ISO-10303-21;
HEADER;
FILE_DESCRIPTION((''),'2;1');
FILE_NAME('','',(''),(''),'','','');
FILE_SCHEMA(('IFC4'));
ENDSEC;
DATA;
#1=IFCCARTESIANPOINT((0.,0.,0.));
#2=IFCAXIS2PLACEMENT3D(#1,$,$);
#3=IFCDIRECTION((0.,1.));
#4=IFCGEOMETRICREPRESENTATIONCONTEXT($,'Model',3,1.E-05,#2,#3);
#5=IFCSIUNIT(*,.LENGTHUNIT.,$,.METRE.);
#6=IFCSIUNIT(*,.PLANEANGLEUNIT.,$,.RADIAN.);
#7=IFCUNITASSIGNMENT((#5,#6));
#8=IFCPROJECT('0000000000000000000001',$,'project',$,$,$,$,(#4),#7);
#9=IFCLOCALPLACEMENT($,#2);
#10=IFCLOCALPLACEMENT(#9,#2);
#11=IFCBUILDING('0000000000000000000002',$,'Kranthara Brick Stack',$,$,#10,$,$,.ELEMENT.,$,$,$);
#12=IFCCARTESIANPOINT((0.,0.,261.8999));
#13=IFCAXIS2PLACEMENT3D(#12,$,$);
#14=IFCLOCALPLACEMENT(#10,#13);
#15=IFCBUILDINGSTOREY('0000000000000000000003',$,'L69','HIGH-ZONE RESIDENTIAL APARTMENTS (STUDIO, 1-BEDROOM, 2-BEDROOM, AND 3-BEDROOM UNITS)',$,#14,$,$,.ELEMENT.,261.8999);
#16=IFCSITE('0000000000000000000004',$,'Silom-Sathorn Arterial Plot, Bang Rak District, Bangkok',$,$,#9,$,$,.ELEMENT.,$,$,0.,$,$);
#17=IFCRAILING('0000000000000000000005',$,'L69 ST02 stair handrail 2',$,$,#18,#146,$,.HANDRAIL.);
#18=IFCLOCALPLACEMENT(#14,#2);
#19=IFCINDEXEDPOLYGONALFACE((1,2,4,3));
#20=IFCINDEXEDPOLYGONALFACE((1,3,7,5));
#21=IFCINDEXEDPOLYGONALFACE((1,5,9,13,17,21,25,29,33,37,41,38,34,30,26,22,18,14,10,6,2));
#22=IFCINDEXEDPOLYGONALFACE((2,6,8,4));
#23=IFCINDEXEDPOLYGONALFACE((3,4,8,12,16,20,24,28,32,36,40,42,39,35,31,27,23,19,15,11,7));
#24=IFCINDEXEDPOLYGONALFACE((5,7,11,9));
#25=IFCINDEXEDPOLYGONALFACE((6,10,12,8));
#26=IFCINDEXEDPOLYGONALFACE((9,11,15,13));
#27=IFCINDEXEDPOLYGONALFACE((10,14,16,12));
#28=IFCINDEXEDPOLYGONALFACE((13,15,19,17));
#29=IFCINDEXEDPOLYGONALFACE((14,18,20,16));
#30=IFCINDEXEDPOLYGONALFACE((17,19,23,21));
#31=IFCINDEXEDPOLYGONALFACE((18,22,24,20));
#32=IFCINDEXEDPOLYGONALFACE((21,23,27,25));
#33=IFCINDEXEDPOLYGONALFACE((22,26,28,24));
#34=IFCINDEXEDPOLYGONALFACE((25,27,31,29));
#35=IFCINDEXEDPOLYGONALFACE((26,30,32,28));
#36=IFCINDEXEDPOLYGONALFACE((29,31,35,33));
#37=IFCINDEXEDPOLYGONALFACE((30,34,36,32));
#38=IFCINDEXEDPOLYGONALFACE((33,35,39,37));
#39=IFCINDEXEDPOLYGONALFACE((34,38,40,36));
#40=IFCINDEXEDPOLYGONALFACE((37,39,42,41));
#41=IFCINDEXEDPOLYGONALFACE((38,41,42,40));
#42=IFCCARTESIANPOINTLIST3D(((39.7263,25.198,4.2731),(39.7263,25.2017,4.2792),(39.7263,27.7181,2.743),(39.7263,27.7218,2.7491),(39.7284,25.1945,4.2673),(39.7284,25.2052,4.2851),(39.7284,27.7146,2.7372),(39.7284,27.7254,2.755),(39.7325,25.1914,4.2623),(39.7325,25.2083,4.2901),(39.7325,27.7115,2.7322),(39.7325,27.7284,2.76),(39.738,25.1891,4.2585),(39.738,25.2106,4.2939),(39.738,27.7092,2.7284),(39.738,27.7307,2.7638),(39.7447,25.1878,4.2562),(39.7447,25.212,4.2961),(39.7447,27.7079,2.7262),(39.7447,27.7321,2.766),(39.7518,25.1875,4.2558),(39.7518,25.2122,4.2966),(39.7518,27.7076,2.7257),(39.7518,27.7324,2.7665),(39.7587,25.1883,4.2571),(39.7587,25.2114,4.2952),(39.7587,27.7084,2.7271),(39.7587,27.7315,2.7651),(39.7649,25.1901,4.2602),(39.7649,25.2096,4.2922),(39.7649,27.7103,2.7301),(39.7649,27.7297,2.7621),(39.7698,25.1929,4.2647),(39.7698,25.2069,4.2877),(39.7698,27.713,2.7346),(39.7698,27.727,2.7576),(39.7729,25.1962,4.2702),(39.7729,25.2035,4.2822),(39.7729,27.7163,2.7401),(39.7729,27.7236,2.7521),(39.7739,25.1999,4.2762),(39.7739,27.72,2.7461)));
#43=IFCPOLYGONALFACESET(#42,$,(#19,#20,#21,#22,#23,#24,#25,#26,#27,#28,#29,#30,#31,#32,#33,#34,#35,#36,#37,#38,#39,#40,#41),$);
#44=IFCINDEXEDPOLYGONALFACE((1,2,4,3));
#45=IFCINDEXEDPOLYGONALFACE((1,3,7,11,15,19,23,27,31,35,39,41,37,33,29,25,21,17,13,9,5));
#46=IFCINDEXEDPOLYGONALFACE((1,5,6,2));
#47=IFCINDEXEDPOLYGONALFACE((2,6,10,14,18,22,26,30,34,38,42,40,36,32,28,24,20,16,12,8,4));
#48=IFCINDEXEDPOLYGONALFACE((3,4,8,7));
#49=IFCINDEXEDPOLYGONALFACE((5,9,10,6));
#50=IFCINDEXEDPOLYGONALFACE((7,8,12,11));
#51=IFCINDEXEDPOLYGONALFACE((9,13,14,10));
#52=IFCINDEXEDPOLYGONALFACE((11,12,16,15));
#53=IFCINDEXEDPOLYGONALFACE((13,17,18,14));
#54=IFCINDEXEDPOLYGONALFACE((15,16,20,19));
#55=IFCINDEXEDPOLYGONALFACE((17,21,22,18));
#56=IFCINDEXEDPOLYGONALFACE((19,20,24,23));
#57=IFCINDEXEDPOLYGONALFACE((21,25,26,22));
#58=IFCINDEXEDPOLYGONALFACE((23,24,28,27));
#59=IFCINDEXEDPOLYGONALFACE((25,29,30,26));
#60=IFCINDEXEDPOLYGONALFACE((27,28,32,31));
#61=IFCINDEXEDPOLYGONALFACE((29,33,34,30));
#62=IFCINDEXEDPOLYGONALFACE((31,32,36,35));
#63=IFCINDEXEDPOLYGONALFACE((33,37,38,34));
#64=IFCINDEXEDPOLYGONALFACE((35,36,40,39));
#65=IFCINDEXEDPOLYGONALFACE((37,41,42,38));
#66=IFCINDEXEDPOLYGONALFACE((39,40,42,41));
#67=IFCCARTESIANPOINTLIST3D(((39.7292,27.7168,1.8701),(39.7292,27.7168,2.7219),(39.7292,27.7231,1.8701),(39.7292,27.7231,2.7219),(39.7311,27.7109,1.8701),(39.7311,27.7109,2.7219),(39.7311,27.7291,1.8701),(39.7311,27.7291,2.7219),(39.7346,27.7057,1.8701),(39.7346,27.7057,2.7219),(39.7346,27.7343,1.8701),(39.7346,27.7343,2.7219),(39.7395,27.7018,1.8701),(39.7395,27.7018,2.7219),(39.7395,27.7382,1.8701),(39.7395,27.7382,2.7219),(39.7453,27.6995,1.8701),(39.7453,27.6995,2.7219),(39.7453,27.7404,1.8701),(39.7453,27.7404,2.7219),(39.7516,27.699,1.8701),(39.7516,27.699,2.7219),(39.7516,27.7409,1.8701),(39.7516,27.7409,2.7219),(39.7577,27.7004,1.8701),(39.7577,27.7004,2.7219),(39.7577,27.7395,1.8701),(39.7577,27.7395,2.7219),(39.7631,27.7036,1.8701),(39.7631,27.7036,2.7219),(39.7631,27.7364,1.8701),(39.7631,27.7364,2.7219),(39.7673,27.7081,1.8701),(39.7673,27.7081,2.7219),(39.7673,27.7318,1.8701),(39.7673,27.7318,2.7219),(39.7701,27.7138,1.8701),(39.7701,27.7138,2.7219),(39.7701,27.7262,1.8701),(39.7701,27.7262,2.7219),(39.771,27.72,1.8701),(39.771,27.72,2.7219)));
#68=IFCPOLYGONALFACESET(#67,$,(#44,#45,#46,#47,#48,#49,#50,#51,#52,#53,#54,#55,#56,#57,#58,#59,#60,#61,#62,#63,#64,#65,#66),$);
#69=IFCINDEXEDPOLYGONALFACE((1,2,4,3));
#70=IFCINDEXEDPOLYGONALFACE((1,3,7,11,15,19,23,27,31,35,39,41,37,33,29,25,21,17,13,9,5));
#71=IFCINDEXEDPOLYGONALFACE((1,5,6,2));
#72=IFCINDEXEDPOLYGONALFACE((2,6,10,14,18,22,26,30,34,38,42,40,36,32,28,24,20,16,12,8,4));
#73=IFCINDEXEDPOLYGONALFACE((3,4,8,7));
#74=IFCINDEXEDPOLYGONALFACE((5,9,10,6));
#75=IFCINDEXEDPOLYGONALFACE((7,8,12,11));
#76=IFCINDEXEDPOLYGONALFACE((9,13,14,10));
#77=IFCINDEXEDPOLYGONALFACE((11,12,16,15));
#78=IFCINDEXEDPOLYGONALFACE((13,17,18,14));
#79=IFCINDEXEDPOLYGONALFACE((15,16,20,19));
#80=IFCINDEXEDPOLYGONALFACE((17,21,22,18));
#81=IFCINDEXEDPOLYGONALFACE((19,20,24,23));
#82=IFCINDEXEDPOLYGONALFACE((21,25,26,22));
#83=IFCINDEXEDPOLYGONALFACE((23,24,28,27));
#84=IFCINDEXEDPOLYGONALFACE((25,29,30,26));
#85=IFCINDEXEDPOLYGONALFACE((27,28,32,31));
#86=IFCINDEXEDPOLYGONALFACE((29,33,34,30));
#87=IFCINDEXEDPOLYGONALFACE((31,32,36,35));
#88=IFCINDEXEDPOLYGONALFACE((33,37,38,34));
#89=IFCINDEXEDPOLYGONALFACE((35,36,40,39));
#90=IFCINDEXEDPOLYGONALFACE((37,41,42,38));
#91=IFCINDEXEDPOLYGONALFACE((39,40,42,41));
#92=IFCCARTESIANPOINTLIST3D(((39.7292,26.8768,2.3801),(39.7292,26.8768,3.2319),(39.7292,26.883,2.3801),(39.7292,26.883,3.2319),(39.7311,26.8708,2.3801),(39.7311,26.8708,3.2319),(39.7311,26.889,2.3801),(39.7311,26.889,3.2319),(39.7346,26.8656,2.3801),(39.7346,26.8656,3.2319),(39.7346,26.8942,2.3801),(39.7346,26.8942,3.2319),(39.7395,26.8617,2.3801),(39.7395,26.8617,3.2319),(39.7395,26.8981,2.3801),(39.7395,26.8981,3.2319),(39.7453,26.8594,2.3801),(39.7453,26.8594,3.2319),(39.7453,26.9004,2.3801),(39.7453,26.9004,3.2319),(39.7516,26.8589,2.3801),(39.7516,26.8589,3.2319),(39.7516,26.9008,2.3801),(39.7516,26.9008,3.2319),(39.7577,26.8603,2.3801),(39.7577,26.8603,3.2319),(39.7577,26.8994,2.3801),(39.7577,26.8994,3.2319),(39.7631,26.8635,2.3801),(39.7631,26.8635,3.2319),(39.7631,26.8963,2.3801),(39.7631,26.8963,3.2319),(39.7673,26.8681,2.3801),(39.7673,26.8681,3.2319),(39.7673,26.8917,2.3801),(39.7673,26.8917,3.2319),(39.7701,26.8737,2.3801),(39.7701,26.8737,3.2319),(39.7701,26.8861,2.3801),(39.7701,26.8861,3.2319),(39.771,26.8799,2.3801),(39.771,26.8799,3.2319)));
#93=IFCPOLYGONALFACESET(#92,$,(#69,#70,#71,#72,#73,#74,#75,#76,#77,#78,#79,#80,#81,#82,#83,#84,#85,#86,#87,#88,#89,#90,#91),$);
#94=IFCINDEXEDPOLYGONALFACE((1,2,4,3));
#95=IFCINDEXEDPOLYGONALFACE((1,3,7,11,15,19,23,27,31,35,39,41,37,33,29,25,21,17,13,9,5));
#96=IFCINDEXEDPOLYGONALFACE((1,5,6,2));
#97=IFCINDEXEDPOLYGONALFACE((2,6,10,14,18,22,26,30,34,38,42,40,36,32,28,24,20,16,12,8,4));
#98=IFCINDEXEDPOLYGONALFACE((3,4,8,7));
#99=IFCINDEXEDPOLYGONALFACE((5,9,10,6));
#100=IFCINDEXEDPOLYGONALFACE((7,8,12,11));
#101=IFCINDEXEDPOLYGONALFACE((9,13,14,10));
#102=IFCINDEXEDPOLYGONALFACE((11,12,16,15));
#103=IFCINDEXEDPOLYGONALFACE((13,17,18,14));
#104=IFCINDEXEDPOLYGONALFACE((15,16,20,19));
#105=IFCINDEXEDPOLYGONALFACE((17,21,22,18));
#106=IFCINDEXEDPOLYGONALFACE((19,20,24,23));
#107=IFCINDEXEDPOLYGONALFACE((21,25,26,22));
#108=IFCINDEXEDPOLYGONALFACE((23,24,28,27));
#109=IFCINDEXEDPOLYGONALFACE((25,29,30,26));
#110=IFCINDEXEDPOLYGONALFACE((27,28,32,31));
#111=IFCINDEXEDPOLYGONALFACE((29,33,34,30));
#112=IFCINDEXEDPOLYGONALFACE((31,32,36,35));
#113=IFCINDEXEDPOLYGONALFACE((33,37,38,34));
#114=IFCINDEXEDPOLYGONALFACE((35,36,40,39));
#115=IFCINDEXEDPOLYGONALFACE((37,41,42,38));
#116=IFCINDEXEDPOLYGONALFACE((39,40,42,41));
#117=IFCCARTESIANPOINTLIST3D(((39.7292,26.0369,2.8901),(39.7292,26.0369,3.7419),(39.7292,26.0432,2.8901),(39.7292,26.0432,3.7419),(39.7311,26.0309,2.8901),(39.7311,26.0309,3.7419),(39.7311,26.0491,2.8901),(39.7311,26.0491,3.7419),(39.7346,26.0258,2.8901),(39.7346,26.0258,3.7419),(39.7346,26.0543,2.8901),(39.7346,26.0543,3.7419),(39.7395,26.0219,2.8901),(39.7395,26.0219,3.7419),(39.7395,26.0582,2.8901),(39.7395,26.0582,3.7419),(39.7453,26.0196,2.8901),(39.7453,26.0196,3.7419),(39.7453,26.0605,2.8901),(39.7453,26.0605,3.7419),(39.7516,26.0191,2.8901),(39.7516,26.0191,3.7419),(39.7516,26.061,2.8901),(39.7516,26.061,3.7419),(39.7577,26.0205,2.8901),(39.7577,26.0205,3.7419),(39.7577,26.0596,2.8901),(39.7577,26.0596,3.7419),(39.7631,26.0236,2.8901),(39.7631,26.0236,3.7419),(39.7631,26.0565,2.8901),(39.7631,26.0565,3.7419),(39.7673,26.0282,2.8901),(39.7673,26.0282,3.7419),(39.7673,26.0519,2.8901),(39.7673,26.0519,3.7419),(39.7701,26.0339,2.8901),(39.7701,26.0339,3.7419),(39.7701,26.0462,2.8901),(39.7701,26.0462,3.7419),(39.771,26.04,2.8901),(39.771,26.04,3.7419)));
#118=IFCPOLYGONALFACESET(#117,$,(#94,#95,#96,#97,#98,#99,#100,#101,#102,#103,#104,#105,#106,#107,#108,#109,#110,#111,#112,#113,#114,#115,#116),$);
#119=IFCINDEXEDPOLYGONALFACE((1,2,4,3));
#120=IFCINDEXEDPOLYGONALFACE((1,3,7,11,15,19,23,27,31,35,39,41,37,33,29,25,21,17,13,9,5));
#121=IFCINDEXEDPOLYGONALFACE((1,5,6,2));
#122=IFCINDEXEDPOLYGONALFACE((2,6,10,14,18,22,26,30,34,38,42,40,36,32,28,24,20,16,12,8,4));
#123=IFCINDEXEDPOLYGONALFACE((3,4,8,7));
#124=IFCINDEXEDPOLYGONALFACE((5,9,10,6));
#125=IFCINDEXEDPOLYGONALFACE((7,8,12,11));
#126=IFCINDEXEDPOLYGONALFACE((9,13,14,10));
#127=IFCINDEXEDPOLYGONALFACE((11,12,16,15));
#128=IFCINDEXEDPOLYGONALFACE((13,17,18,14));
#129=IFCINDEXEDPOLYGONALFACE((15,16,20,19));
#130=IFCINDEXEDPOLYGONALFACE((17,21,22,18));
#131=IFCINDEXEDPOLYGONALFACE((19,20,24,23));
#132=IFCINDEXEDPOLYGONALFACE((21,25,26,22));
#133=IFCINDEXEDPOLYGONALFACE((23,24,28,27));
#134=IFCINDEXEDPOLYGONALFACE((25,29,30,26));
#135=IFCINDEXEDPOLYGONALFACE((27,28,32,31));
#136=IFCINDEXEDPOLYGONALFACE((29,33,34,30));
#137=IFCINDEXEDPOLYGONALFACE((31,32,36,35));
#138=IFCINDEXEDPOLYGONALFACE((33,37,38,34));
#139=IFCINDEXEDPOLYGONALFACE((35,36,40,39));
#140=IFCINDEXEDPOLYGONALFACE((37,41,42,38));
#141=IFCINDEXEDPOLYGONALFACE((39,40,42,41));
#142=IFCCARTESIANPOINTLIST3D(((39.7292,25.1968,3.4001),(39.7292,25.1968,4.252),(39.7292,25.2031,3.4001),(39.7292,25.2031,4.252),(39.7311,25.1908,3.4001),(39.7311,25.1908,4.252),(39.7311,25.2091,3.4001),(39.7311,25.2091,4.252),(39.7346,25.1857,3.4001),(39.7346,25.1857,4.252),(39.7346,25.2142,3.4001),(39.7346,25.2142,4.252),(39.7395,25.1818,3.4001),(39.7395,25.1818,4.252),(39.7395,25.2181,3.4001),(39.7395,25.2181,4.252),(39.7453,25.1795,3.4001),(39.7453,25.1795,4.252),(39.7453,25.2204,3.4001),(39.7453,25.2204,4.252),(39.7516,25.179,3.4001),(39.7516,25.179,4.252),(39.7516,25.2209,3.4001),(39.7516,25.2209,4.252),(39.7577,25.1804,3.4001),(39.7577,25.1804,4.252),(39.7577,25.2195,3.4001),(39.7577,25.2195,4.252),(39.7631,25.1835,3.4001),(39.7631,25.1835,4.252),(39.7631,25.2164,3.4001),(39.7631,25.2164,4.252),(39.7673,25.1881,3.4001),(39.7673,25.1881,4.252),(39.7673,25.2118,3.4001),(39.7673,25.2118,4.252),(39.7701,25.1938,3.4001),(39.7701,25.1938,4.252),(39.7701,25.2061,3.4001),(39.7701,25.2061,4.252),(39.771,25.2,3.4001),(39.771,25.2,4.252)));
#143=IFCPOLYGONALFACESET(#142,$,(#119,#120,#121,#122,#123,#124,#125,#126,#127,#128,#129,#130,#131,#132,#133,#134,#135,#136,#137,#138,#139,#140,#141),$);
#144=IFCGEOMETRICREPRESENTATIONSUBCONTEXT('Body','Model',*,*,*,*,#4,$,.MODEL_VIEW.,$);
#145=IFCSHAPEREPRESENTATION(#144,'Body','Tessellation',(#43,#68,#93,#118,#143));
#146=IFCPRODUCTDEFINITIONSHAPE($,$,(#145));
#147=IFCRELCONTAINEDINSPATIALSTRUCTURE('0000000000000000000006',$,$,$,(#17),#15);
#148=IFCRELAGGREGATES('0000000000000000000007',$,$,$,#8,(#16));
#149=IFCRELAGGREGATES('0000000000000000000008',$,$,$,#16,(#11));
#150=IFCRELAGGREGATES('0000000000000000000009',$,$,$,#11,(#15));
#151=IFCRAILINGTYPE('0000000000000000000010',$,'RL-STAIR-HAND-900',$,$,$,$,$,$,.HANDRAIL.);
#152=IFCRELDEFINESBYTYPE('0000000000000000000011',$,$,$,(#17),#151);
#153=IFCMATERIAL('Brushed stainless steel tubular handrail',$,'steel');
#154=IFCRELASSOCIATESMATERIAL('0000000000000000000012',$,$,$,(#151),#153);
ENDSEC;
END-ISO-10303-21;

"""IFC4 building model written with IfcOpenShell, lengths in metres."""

from ifc_helpers import new_model, si_unit, direction, frame, origin, origin_2d, place, context, subcontext, project, spatial, circle, extrude, material, type_object, element, save


model = new_model("IFC4")

# Units and contexts
model_context = context("Model", 3, precision=1e-05, world=origin(), true_north=direction((0.0, 1.0)))
body_context = subcontext(model_context, "Body", "Model", "MODEL_VIEW")
ifc_project = project(units=[si_unit("LENGTHUNIT", "METRE"), si_unit("PLANEANGLEUNIT", "RADIAN")], contexts=[model_context])

# Site, building, storey
site_placement = place(None, origin())
site = spatial("IfcSite", under=ifc_project, at=site_placement, Name="Silom-Sathorn Arterial Plot, Bang Rak District, Bangkok", CompositionType="ELEMENT", RefElevation=0.0)
building_placement = place(site_placement, origin())
building = spatial("IfcBuilding", under=site, at=building_placement, Name="Kranthara Brick Stack", CompositionType="ELEMENT")
storey_placement = place(building_placement, frame((0.0, 0.0, 261.8999)))
storey = spatial("IfcBuildingStorey", under=building, at=storey_placement, Name="L69", Description="HIGH-ZONE RESIDENTIAL APARTMENTS (STUDIO, 1-BEDROOM, 2-BEDROOM, AND 3-BEDROOM UNITS)", CompositionType="ELEMENT", Elevation=261.8999)

# Railing
ifc_material_1 = material(Name="Brushed stainless steel tubular handrail", Category="steel")
railing_type_1 = type_object("IfcRailingType", Name="RL-STAIR-HAND-900", PredefinedType="HANDRAIL", material=ifc_material_1)
railing_1_placement = place(storey_placement, frame((39.75, 27.72, 1.8701)))
element("IfcRailing", 1, at=railing_1_placement, inside=storey, type_object=railing_type_1, Name="L69 ST02 stair handrail 2", PredefinedType="HANDRAIL", context=body_context, shape_type="SweptSolid", body=[
    extrude(circle(Radius=0.0239, at=origin_2d()), frame((0.0, 0.0, 0.876), z_axis=(0.0, -0.854785, 0.518982), x_axis=(1.0, 0.0, 0.0)), (0.0, 0.0, 1.0), 2.9482),
    extrude(circle(Radius=0.021, at=origin_2d()), origin(), (0.0, 0.0, 1.0), 0.8518),
    extrude(circle(Radius=0.021, at=origin_2d()), frame((0.0, -0.8401, 0.51)), (0.0, 0.0, 1.0), 0.8518),
    extrude(circle(Radius=0.021, at=origin_2d()), frame((0.0, -1.6799, 1.02)), (0.0, 0.0, 1.0), 0.8518),
    extrude(circle(Radius=0.021, at=origin_2d()), frame((0.0, -2.52, 1.53)), (0.0, 0.0, 1.0), 0.8518),
])

save(model, "model.ifc")
